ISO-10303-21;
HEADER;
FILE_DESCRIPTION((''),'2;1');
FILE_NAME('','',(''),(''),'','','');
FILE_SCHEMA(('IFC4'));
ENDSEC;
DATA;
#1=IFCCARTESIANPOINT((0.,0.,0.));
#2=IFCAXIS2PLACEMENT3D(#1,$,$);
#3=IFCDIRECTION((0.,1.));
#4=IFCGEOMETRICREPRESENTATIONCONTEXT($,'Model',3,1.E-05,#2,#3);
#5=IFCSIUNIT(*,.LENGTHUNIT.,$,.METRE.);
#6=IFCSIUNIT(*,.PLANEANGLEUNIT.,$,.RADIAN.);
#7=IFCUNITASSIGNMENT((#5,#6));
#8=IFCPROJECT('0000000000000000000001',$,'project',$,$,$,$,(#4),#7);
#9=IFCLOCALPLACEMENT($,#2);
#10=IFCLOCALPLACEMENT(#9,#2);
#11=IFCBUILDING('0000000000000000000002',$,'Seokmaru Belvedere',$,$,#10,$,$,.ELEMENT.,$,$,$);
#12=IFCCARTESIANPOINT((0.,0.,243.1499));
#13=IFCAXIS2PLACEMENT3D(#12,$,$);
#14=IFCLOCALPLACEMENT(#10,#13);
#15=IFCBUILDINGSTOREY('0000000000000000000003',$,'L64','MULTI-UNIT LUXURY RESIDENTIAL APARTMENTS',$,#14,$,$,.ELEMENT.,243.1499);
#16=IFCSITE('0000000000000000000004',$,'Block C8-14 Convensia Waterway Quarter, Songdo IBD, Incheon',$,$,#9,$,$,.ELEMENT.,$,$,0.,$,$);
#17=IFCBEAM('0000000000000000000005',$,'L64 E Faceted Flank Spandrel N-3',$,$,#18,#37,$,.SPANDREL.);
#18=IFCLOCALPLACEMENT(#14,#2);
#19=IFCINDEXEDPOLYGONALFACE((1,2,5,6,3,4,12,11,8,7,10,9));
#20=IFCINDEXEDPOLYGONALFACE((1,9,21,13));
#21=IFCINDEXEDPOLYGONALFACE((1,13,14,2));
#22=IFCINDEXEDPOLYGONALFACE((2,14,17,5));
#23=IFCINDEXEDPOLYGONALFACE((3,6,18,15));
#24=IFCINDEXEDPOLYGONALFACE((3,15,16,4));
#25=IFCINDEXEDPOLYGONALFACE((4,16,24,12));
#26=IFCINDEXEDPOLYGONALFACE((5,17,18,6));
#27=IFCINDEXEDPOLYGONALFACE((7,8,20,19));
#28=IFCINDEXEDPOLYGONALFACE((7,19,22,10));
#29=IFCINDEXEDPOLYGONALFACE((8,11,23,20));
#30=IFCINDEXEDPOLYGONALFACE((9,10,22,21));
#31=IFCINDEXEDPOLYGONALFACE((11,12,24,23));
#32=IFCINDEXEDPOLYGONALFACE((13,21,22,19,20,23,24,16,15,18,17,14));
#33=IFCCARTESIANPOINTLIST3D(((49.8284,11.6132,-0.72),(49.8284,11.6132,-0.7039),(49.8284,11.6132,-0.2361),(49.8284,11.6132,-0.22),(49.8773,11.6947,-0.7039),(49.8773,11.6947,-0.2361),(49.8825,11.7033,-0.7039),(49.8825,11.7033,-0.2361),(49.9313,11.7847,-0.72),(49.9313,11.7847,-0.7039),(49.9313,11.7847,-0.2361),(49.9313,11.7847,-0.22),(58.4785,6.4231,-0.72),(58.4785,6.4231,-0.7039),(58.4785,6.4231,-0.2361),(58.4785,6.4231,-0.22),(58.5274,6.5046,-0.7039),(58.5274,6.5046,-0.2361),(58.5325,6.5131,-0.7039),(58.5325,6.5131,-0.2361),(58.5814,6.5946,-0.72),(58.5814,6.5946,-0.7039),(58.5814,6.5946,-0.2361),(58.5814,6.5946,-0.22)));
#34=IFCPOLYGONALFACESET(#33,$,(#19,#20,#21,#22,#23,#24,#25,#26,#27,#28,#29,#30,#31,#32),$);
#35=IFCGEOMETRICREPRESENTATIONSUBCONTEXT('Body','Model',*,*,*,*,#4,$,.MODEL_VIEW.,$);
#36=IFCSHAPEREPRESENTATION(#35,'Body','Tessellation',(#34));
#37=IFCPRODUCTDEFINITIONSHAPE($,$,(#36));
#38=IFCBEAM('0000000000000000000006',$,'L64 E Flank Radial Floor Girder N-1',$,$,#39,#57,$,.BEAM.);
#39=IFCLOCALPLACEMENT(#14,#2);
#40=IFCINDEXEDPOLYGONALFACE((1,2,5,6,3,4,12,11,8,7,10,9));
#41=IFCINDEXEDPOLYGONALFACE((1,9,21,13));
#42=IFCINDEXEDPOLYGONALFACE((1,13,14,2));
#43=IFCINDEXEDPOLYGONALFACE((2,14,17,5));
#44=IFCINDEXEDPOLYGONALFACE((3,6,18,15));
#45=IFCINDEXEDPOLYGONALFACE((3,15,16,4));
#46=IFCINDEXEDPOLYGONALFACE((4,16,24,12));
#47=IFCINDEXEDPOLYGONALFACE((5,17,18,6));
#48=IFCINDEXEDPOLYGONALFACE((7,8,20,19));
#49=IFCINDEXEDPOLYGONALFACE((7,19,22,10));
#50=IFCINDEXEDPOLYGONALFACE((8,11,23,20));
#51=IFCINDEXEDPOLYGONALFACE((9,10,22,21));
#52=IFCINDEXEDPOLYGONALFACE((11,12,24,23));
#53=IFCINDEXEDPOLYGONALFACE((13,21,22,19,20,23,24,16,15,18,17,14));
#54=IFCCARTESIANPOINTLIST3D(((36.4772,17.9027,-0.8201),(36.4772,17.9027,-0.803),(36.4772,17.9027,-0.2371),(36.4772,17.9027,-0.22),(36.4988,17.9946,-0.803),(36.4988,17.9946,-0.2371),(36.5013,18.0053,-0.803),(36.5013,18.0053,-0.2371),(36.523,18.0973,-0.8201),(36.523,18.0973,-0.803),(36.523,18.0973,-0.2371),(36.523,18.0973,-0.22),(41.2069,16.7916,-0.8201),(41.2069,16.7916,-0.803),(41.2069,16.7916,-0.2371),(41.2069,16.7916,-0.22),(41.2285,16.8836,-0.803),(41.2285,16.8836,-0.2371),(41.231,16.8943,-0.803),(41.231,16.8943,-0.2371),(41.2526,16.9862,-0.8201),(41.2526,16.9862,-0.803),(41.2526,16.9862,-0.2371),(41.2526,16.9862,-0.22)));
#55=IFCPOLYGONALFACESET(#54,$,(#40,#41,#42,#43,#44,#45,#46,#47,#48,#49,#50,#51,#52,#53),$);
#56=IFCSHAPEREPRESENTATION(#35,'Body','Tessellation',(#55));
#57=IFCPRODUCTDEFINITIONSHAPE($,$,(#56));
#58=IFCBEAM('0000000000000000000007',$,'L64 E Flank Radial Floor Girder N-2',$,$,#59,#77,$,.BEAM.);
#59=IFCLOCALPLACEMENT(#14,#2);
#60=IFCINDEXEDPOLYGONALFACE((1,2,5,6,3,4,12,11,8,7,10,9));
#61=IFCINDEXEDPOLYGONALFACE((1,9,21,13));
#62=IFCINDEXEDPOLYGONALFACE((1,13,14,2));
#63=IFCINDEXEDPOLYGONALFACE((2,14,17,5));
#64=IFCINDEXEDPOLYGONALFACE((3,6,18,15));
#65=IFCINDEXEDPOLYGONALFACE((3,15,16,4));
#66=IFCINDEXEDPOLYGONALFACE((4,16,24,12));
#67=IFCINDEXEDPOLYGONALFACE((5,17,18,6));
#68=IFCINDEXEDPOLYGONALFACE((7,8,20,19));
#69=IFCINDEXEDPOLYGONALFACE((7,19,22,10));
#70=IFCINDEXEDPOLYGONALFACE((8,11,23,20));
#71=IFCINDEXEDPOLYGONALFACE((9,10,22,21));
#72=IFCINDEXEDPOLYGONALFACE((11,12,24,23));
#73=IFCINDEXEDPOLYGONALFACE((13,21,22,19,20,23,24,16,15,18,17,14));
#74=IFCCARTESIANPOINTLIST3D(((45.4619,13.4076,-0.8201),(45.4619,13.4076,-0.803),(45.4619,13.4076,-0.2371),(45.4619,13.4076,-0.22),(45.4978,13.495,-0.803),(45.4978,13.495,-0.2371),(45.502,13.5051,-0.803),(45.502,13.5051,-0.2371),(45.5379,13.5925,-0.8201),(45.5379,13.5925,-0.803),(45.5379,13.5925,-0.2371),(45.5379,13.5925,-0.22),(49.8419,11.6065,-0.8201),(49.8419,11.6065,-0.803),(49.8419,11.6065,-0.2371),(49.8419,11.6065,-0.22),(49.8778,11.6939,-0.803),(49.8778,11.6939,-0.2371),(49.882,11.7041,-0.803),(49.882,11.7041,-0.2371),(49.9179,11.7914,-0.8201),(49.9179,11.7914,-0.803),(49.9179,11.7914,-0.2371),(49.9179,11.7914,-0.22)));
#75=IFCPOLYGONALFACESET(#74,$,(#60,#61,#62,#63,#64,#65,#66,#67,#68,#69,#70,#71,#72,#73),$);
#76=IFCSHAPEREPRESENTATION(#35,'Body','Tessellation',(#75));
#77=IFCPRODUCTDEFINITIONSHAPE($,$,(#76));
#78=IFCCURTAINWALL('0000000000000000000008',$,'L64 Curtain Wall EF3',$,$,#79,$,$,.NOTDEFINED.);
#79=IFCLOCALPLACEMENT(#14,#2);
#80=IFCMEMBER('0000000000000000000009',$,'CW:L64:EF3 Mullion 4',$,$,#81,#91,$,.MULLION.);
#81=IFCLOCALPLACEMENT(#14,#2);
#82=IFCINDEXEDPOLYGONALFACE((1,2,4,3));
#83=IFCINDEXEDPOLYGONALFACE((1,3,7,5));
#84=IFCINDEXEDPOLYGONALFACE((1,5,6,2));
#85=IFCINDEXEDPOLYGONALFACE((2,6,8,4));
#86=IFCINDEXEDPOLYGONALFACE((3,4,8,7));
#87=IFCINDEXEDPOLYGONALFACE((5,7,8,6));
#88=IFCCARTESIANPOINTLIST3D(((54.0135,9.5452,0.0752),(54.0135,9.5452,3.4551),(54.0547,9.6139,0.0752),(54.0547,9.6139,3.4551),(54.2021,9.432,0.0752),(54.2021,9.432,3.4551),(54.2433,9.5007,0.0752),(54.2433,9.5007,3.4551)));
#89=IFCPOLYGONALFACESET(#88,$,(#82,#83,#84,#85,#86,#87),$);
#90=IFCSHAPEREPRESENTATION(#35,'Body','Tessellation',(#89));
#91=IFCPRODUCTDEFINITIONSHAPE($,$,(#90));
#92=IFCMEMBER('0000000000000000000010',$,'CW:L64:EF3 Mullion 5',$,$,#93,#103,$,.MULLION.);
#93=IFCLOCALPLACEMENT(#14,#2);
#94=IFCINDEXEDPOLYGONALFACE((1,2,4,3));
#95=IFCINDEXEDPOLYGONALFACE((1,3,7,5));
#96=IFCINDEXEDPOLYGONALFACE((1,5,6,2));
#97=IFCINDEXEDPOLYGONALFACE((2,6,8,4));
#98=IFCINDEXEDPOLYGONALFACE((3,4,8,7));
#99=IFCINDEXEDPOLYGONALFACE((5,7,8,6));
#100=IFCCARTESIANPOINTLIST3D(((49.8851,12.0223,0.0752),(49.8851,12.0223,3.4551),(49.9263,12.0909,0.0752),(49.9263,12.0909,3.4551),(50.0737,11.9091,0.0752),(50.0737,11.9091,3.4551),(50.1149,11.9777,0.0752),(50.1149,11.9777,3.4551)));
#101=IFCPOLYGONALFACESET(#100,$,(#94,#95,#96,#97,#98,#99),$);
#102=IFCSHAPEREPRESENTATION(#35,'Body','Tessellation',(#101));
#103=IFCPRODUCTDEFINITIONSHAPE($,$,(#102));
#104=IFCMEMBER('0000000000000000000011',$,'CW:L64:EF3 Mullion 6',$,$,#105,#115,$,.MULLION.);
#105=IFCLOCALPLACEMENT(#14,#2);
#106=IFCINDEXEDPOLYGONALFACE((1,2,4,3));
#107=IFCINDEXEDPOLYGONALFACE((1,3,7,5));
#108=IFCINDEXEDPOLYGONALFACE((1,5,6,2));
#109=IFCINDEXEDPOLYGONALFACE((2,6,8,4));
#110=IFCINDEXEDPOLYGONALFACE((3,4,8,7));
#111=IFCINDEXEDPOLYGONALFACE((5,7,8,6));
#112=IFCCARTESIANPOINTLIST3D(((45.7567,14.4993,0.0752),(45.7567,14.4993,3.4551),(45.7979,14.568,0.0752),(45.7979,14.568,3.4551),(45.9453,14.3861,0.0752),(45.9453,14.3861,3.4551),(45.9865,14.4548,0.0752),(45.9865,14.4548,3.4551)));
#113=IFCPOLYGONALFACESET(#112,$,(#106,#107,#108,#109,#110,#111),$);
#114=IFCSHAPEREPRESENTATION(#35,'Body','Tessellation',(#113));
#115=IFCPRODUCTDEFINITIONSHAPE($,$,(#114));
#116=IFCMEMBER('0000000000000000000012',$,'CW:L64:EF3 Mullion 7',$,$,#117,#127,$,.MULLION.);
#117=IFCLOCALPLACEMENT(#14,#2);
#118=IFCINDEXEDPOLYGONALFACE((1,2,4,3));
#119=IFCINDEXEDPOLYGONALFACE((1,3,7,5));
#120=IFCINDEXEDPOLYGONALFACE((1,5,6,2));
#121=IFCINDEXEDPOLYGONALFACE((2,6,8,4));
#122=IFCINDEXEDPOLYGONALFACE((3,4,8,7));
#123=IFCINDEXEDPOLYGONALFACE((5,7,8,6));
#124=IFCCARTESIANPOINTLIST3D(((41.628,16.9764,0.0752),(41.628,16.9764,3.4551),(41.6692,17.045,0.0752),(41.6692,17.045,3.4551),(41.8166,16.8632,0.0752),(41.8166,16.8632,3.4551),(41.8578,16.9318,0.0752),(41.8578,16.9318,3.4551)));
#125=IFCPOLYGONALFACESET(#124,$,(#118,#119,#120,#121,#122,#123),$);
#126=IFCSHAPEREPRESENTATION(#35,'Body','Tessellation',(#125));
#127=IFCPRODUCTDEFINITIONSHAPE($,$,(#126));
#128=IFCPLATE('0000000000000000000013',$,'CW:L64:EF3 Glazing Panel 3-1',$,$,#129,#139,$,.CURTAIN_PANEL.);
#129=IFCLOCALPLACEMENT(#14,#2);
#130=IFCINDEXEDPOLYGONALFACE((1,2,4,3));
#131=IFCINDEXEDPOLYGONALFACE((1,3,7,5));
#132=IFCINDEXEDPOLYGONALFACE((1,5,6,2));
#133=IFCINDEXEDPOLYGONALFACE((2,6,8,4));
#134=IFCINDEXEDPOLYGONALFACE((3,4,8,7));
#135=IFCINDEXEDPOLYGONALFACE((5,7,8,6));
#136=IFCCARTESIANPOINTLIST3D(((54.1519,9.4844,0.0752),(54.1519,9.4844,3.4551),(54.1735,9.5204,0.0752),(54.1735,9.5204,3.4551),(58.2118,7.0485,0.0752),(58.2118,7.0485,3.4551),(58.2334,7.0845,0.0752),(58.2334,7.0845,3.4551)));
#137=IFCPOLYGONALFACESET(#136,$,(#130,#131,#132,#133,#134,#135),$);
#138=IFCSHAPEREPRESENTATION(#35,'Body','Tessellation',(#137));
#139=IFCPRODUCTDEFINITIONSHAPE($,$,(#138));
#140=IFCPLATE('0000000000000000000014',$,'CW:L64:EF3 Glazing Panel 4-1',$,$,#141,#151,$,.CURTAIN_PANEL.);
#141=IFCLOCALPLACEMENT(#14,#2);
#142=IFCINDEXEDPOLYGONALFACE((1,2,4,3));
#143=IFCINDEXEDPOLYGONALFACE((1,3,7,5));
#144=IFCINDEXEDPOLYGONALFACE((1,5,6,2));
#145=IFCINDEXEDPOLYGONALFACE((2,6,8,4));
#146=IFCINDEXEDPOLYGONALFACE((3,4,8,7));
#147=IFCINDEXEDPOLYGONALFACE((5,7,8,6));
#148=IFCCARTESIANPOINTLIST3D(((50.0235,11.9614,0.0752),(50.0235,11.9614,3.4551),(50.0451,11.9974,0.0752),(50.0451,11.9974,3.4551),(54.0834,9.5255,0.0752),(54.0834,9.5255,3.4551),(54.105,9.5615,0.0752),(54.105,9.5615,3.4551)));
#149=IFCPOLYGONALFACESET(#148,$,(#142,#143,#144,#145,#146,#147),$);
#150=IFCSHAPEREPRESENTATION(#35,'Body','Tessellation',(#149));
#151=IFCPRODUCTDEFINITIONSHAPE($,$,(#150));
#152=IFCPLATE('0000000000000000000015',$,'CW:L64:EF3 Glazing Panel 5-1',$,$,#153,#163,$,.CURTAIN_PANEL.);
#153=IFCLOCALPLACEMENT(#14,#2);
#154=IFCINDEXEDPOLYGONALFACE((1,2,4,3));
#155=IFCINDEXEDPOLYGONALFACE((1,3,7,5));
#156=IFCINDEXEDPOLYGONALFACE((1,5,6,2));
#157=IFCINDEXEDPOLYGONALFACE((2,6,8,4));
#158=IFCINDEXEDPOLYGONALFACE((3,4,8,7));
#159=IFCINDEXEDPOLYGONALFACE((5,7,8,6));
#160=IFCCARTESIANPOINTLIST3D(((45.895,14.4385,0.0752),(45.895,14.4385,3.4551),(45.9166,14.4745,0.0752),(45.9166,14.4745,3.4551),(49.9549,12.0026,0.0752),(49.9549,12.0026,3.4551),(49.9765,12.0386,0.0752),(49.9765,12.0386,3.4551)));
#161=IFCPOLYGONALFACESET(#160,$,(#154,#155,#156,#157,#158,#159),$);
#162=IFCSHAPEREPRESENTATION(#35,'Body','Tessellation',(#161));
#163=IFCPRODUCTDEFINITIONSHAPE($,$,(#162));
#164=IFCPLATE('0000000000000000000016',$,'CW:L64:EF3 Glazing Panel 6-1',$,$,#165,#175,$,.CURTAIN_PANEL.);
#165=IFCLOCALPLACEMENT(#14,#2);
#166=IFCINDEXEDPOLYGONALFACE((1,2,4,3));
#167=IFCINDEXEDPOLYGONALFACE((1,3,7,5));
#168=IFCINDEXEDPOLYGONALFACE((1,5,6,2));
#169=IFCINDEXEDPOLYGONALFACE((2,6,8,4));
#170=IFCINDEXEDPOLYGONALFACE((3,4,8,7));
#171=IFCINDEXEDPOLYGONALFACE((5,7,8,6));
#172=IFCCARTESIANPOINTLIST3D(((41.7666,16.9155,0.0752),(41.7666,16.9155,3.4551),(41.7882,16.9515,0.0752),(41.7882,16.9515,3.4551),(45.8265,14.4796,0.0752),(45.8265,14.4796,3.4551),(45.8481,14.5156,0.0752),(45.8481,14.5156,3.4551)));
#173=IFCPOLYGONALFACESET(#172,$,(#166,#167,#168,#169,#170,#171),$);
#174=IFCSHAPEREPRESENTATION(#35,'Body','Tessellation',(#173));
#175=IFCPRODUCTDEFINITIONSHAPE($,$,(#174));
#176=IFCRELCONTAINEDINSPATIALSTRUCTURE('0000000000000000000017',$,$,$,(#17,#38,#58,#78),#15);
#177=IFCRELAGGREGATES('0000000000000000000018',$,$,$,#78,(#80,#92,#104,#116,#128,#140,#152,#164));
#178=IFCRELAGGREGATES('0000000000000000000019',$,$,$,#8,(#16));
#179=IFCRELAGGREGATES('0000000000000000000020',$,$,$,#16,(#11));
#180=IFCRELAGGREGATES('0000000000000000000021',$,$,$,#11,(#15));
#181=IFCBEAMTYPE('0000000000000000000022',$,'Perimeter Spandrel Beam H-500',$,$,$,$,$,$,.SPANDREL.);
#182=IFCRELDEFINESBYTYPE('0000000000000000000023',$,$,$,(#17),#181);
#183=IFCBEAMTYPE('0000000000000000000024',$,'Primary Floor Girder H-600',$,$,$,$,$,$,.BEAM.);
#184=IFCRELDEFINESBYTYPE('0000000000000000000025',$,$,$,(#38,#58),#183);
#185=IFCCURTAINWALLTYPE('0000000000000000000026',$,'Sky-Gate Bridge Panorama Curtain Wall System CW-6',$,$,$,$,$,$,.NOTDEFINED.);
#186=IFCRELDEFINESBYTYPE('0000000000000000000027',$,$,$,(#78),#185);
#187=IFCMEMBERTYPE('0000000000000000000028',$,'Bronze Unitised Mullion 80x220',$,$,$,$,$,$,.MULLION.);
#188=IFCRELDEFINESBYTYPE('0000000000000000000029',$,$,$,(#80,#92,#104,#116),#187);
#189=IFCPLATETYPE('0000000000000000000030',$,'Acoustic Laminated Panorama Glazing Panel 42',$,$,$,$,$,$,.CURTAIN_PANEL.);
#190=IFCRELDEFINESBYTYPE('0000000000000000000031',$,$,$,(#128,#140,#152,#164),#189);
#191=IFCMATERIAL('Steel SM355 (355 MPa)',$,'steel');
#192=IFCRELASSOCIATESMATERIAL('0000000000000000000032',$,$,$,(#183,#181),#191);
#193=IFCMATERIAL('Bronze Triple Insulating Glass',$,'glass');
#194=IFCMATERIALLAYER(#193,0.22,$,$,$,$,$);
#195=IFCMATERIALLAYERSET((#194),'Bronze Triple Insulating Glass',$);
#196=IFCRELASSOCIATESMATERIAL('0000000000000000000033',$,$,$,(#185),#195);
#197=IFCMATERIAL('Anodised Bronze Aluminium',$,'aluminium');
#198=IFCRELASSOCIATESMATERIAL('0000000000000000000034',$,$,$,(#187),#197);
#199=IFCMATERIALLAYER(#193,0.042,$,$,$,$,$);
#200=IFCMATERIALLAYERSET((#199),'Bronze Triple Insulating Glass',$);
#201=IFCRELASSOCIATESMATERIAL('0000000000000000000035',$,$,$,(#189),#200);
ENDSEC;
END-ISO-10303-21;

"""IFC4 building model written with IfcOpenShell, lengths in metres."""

from ifc_helpers import new_model, si_unit, direction, frame, origin, origin_2d, place, context, subcontext, project, spatial, rectangle, i_section, extrude, source, transform, mapped, material, layer, layer_set, material_profile, profile_set, type_object, type_shapes, element, aggregate, save


model = new_model("IFC4")

# Units and contexts
model_context = context("Model", 3, precision=1e-05, world=origin(), true_north=direction((0.0, 1.0)))
body_context = subcontext(model_context, "Body", "Model", "MODEL_VIEW")
ifc_project = project(units=[si_unit("LENGTHUNIT", "METRE"), si_unit("PLANEANGLEUNIT", "RADIAN")], contexts=[model_context])

# Site, building, storey
site_placement = place(None, origin())
site = spatial("IfcSite", under=ifc_project, at=site_placement, Name="Block C8-14 Convensia Waterway Quarter, Songdo IBD, Incheon", CompositionType="ELEMENT", RefElevation=0.0)
building_placement = place(site_placement, origin())
building = spatial("IfcBuilding", under=site, at=building_placement, Name="Seokmaru Belvedere", CompositionType="ELEMENT")
storey_placement = place(building_placement, frame((0.0, 0.0, 243.1499)))
storey = spatial("IfcBuildingStorey", under=building, at=storey_placement, Name="L64", Description="MULTI-UNIT LUXURY RESIDENTIAL APARTMENTS", CompositionType="ELEMENT", Elevation=243.1499)

# Shared definitions
ifc_material_1 = material(Name="Steel SM355 (355 MPa)", Category="steel")

# Beams
ifc_material_profile_1 = material_profile(ifc_material_1, i_section(OverallWidth=0.2, OverallDepth=0.6001, WebThickness=0.011, FlangeThickness=0.0171, at=origin_2d()), Name="H-600x200x11x17")
ifc_profile_set_1 = profile_set([ifc_material_profile_1], Name="Steel SM355 (355 MPa)")
beam_type_1 = type_object("IfcBeamType", Name="Primary Floor Girder H-600", PredefinedType="BEAM", material=ifc_profile_set_1)
ifc_material_profile_2 = material_profile(ifc_material_1, i_section(OverallWidth=0.2, OverallDepth=0.5, WebThickness=0.01, FlangeThickness=0.0161, at=origin_2d()), Name="H-500x200x10x16")
ifc_profile_set_2 = profile_set([ifc_material_profile_2], Name="Steel SM355 (355 MPa)")
beam_type_2 = type_object("IfcBeamType", Name="Perimeter Spandrel Beam H-500", PredefinedType="SPANDREL", material=ifc_profile_set_2)
shared_shape_1 = source(origin(), body_context, "Body", "SweptSolid", [
    extrude(i_section(OverallWidth=0.2, OverallDepth=0.5, WebThickness=0.01, FlangeThickness=0.0161, at=origin_2d()), origin(), (0.0, 0.0, 1.0), 10.0876),
])
type_shapes(beam_type_2, [shared_shape_1])
beam_1_placement = place(storey_placement, frame((49.8799, 11.699, -0.47), z_axis=(0.857489, -0.514503, 0.0), x_axis=(0.514503, 0.857489, 0.0)))
element("IfcBeam", 1, at=beam_1_placement, inside=storey, type_object=beam_type_2, Name="L64 E Faceted Flank Spandrel N-3", PredefinedType="SPANDREL", context=body_context, shape_type="MappedRepresentation", body=[
    mapped(shared_shape_1, transform((0.0, 0.0, 0.0), scale=1.0)),
])
shared_shape_2 = source(origin(), body_context, "Body", "SweptSolid", [
    extrude(i_section(OverallWidth=0.2, OverallDepth=0.6001, WebThickness=0.011, FlangeThickness=0.0171, at=origin_2d()), origin(), (0.0, 0.0, 1.0), 4.8584),
])
beam_2_placement = place(storey_placement, frame((41.2297, 16.8889, -0.52), z_axis=(-0.973499, 0.228689, 0.0), x_axis=(-0.228689, -0.973499, 0.0)))
element("IfcBeam", 2, at=beam_2_placement, inside=storey, type_object=beam_type_1, Name="L64 E Flank Radial Floor Girder N-1", PredefinedType="BEAM", context=body_context, shape_type="MappedRepresentation", body=[
    mapped(shared_shape_2, transform((0.0, 0.0, 0.0), scale=1.0)),
])
shared_shape_3 = source(origin(), body_context, "Body", "SweptSolid", [
    extrude(i_section(OverallWidth=0.2, OverallDepth=0.6001, WebThickness=0.011, FlangeThickness=0.0171, at=origin_2d()), origin(), (0.0, 0.0, 1.0), 4.7358),
])
beam_3_placement = place(storey_placement, frame((49.8799, 11.699, -0.52), z_axis=(-0.924861, 0.380306, 0.0), x_axis=(-0.380306, -0.924861, 0.0)))
element("IfcBeam", 3, at=beam_3_placement, inside=storey, type_object=beam_type_1, Name="L64 E Flank Radial Floor Girder N-2", PredefinedType="BEAM", context=body_context, shape_type="MappedRepresentation", body=[
    mapped(shared_shape_3, transform((0.0, 0.0, 0.0), scale=1.0)),
])

# Curtain wall, members, plates
ifc_material_2 = material(Name="Bronze Triple Insulating Glass", Category="glass")
ifc_layer_1 = layer(ifc_material_2, 0.22)
ifc_layer_set_1 = layer_set([ifc_layer_1], Name="Bronze Triple Insulating Glass")
curtain_wall_type = type_object("IfcCurtainWallType", Name="Sky-Gate Bridge Panorama Curtain Wall System CW-6", PredefinedType="NOTDEFINED", material=ifc_layer_set_1)
curtain_wall_placement = place(storey_placement, origin())
curtain_wall = element("IfcCurtainWall", 4, at=curtain_wall_placement, inside=storey, type_object=curtain_wall_type, Name="L64 Curtain Wall EF3", PredefinedType="NOTDEFINED")
ifc_material_3 = material(Name="Anodised Bronze Aluminium", Category="aluminium")
ifc_material_profile_3 = material_profile(ifc_material_3, rectangle(XDim=0.0801, YDim=0.22, at=origin_2d()), Name="CW-M-80x220")
ifc_profile_set_3 = profile_set([ifc_material_profile_3], Name="Anodised Bronze Aluminium")
member_type = type_object("IfcMemberType", Name="Bronze Unitised Mullion 80x220", PredefinedType="MULLION", material=ifc_profile_set_3)
shared_shape_4 = source(origin(), body_context, "Body", "SweptSolid", [
    extrude(rectangle(XDim=0.0801, YDim=0.22, at=origin_2d()), origin(), (0.0, 0.0, 1.0), 3.3799),
])
type_shapes(member_type, [shared_shape_4])
member_1_placement = place(storey_placement, frame((54.1284, 9.5229, 0.0752), z_axis=(0.0, 0.0, 1.0), x_axis=(-0.514495, -0.857493, 0.0)))
member_1 = element("IfcMember", 5, at=member_1_placement, type_object=member_type, Name="CW:L64:EF3 Mullion 4", PredefinedType="MULLION", context=body_context, shape_type="MappedRepresentation", body=[
    mapped(shared_shape_4, transform((0.0, 0.0, 0.0), scale=1.0)),
])
member_2_placement = place(storey_placement, frame((50.0, 12.0, 0.0752), z_axis=(0.0, 0.0, 1.0), x_axis=(-0.514495, -0.857493, 0.0)))
member_2 = element("IfcMember", 6, at=member_2_placement, type_object=member_type, Name="CW:L64:EF3 Mullion 5", PredefinedType="MULLION", context=body_context, shape_type="MappedRepresentation", body=[
    mapped(shared_shape_4, transform((0.0, 0.0, 0.0), scale=1.0)),
])
member_3_placement = place(storey_placement, frame((45.8716, 14.4771, 0.0752), z_axis=(0.0, 0.0, 1.0), x_axis=(-0.514495, -0.857493, 0.0)))
member_3 = element("IfcMember", 7, at=member_3_placement, type_object=member_type, Name="CW:L64:EF3 Mullion 6", PredefinedType="MULLION", context=body_context, shape_type="MappedRepresentation", body=[
    mapped(shared_shape_4, transform((0.0, 0.0, 0.0), scale=1.0)),
])
member_4_placement = place(storey_placement, frame((41.7429, 16.9541, 0.0752), z_axis=(0.0, 0.0, 1.0), x_axis=(-0.514495, -0.857493, 0.0)))
member_4 = element("IfcMember", 8, at=member_4_placement, type_object=member_type, Name="CW:L64:EF3 Mullion 7", PredefinedType="MULLION", context=body_context, shape_type="MappedRepresentation", body=[
    mapped(shared_shape_4, transform((0.0, 0.0, 0.0), scale=1.0)),
])
ifc_layer_2 = layer(ifc_material_2, 0.042)
ifc_layer_set_2 = layer_set([ifc_layer_2], Name="Bronze Triple Insulating Glass")
plate_type = type_object("IfcPlateType", Name="Acoustic Laminated Panorama Glazing Panel 42", PredefinedType="CURTAIN_PANEL", material=ifc_layer_set_2)
shared_shape_5 = source(origin(), body_context, "Body", "SweptSolid", [
    extrude(rectangle(XDim=4.7346, YDim=0.042, at=origin_2d()), origin(), (0.0, 0.0, 1.0), 3.3799),
])
type_shapes(plate_type, [shared_shape_5])
plate_1_placement = place(storey_placement, frame((56.1926, 8.2844, 0.0752), z_axis=(0.0, 0.0, 1.0), x_axis=(-0.857493, 0.514495, 0.0)))
plate_1 = element("IfcPlate", 9, at=plate_1_placement, type_object=plate_type, Name="CW:L64:EF3 Glazing Panel 3-1", PredefinedType="CURTAIN_PANEL", context=body_context, shape_type="MappedRepresentation", body=[
    mapped(shared_shape_5, transform((0.0, 0.0, 0.0), scale=1.0)),
])
plate_2_placement = place(storey_placement, frame((52.0642, 10.7615, 0.0752), z_axis=(0.0, 0.0, 1.0), x_axis=(-0.857493, 0.514495, 0.0)))
plate_2 = element("IfcPlate", 10, at=plate_2_placement, type_object=plate_type, Name="CW:L64:EF3 Glazing Panel 4-1", PredefinedType="CURTAIN_PANEL", context=body_context, shape_type="MappedRepresentation", body=[
    mapped(shared_shape_5, transform((0.0, 0.0, 0.0), scale=1.0)),
])
plate_3_placement = place(storey_placement, frame((47.9358, 13.2385, 0.0752), z_axis=(0.0, 0.0, 1.0), x_axis=(-0.857493, 0.514495, 0.0)))
plate_3 = element("IfcPlate", 11, at=plate_3_placement, type_object=plate_type, Name="CW:L64:EF3 Glazing Panel 5-1", PredefinedType="CURTAIN_PANEL", context=body_context, shape_type="MappedRepresentation", body=[
    mapped(shared_shape_5, transform((0.0, 0.0, 0.0), scale=1.0)),
])
plate_4_placement = place(storey_placement, frame((43.8074, 15.7156, 0.0752), z_axis=(0.0, 0.0, 1.0), x_axis=(-0.857493, 0.514495, 0.0)))
plate_4 = element("IfcPlate", 12, at=plate_4_placement, type_object=plate_type, Name="CW:L64:EF3 Glazing Panel 6-1", PredefinedType="CURTAIN_PANEL", context=body_context, shape_type="MappedRepresentation", body=[
    mapped(shared_shape_5, transform((0.0, 0.0, 0.0), scale=1.0)),
])
aggregate(curtain_wall, [member_1, member_2, member_3, member_4, plate_1, plate_2, plate_3, plate_4])

save(model, "model.ifc")
